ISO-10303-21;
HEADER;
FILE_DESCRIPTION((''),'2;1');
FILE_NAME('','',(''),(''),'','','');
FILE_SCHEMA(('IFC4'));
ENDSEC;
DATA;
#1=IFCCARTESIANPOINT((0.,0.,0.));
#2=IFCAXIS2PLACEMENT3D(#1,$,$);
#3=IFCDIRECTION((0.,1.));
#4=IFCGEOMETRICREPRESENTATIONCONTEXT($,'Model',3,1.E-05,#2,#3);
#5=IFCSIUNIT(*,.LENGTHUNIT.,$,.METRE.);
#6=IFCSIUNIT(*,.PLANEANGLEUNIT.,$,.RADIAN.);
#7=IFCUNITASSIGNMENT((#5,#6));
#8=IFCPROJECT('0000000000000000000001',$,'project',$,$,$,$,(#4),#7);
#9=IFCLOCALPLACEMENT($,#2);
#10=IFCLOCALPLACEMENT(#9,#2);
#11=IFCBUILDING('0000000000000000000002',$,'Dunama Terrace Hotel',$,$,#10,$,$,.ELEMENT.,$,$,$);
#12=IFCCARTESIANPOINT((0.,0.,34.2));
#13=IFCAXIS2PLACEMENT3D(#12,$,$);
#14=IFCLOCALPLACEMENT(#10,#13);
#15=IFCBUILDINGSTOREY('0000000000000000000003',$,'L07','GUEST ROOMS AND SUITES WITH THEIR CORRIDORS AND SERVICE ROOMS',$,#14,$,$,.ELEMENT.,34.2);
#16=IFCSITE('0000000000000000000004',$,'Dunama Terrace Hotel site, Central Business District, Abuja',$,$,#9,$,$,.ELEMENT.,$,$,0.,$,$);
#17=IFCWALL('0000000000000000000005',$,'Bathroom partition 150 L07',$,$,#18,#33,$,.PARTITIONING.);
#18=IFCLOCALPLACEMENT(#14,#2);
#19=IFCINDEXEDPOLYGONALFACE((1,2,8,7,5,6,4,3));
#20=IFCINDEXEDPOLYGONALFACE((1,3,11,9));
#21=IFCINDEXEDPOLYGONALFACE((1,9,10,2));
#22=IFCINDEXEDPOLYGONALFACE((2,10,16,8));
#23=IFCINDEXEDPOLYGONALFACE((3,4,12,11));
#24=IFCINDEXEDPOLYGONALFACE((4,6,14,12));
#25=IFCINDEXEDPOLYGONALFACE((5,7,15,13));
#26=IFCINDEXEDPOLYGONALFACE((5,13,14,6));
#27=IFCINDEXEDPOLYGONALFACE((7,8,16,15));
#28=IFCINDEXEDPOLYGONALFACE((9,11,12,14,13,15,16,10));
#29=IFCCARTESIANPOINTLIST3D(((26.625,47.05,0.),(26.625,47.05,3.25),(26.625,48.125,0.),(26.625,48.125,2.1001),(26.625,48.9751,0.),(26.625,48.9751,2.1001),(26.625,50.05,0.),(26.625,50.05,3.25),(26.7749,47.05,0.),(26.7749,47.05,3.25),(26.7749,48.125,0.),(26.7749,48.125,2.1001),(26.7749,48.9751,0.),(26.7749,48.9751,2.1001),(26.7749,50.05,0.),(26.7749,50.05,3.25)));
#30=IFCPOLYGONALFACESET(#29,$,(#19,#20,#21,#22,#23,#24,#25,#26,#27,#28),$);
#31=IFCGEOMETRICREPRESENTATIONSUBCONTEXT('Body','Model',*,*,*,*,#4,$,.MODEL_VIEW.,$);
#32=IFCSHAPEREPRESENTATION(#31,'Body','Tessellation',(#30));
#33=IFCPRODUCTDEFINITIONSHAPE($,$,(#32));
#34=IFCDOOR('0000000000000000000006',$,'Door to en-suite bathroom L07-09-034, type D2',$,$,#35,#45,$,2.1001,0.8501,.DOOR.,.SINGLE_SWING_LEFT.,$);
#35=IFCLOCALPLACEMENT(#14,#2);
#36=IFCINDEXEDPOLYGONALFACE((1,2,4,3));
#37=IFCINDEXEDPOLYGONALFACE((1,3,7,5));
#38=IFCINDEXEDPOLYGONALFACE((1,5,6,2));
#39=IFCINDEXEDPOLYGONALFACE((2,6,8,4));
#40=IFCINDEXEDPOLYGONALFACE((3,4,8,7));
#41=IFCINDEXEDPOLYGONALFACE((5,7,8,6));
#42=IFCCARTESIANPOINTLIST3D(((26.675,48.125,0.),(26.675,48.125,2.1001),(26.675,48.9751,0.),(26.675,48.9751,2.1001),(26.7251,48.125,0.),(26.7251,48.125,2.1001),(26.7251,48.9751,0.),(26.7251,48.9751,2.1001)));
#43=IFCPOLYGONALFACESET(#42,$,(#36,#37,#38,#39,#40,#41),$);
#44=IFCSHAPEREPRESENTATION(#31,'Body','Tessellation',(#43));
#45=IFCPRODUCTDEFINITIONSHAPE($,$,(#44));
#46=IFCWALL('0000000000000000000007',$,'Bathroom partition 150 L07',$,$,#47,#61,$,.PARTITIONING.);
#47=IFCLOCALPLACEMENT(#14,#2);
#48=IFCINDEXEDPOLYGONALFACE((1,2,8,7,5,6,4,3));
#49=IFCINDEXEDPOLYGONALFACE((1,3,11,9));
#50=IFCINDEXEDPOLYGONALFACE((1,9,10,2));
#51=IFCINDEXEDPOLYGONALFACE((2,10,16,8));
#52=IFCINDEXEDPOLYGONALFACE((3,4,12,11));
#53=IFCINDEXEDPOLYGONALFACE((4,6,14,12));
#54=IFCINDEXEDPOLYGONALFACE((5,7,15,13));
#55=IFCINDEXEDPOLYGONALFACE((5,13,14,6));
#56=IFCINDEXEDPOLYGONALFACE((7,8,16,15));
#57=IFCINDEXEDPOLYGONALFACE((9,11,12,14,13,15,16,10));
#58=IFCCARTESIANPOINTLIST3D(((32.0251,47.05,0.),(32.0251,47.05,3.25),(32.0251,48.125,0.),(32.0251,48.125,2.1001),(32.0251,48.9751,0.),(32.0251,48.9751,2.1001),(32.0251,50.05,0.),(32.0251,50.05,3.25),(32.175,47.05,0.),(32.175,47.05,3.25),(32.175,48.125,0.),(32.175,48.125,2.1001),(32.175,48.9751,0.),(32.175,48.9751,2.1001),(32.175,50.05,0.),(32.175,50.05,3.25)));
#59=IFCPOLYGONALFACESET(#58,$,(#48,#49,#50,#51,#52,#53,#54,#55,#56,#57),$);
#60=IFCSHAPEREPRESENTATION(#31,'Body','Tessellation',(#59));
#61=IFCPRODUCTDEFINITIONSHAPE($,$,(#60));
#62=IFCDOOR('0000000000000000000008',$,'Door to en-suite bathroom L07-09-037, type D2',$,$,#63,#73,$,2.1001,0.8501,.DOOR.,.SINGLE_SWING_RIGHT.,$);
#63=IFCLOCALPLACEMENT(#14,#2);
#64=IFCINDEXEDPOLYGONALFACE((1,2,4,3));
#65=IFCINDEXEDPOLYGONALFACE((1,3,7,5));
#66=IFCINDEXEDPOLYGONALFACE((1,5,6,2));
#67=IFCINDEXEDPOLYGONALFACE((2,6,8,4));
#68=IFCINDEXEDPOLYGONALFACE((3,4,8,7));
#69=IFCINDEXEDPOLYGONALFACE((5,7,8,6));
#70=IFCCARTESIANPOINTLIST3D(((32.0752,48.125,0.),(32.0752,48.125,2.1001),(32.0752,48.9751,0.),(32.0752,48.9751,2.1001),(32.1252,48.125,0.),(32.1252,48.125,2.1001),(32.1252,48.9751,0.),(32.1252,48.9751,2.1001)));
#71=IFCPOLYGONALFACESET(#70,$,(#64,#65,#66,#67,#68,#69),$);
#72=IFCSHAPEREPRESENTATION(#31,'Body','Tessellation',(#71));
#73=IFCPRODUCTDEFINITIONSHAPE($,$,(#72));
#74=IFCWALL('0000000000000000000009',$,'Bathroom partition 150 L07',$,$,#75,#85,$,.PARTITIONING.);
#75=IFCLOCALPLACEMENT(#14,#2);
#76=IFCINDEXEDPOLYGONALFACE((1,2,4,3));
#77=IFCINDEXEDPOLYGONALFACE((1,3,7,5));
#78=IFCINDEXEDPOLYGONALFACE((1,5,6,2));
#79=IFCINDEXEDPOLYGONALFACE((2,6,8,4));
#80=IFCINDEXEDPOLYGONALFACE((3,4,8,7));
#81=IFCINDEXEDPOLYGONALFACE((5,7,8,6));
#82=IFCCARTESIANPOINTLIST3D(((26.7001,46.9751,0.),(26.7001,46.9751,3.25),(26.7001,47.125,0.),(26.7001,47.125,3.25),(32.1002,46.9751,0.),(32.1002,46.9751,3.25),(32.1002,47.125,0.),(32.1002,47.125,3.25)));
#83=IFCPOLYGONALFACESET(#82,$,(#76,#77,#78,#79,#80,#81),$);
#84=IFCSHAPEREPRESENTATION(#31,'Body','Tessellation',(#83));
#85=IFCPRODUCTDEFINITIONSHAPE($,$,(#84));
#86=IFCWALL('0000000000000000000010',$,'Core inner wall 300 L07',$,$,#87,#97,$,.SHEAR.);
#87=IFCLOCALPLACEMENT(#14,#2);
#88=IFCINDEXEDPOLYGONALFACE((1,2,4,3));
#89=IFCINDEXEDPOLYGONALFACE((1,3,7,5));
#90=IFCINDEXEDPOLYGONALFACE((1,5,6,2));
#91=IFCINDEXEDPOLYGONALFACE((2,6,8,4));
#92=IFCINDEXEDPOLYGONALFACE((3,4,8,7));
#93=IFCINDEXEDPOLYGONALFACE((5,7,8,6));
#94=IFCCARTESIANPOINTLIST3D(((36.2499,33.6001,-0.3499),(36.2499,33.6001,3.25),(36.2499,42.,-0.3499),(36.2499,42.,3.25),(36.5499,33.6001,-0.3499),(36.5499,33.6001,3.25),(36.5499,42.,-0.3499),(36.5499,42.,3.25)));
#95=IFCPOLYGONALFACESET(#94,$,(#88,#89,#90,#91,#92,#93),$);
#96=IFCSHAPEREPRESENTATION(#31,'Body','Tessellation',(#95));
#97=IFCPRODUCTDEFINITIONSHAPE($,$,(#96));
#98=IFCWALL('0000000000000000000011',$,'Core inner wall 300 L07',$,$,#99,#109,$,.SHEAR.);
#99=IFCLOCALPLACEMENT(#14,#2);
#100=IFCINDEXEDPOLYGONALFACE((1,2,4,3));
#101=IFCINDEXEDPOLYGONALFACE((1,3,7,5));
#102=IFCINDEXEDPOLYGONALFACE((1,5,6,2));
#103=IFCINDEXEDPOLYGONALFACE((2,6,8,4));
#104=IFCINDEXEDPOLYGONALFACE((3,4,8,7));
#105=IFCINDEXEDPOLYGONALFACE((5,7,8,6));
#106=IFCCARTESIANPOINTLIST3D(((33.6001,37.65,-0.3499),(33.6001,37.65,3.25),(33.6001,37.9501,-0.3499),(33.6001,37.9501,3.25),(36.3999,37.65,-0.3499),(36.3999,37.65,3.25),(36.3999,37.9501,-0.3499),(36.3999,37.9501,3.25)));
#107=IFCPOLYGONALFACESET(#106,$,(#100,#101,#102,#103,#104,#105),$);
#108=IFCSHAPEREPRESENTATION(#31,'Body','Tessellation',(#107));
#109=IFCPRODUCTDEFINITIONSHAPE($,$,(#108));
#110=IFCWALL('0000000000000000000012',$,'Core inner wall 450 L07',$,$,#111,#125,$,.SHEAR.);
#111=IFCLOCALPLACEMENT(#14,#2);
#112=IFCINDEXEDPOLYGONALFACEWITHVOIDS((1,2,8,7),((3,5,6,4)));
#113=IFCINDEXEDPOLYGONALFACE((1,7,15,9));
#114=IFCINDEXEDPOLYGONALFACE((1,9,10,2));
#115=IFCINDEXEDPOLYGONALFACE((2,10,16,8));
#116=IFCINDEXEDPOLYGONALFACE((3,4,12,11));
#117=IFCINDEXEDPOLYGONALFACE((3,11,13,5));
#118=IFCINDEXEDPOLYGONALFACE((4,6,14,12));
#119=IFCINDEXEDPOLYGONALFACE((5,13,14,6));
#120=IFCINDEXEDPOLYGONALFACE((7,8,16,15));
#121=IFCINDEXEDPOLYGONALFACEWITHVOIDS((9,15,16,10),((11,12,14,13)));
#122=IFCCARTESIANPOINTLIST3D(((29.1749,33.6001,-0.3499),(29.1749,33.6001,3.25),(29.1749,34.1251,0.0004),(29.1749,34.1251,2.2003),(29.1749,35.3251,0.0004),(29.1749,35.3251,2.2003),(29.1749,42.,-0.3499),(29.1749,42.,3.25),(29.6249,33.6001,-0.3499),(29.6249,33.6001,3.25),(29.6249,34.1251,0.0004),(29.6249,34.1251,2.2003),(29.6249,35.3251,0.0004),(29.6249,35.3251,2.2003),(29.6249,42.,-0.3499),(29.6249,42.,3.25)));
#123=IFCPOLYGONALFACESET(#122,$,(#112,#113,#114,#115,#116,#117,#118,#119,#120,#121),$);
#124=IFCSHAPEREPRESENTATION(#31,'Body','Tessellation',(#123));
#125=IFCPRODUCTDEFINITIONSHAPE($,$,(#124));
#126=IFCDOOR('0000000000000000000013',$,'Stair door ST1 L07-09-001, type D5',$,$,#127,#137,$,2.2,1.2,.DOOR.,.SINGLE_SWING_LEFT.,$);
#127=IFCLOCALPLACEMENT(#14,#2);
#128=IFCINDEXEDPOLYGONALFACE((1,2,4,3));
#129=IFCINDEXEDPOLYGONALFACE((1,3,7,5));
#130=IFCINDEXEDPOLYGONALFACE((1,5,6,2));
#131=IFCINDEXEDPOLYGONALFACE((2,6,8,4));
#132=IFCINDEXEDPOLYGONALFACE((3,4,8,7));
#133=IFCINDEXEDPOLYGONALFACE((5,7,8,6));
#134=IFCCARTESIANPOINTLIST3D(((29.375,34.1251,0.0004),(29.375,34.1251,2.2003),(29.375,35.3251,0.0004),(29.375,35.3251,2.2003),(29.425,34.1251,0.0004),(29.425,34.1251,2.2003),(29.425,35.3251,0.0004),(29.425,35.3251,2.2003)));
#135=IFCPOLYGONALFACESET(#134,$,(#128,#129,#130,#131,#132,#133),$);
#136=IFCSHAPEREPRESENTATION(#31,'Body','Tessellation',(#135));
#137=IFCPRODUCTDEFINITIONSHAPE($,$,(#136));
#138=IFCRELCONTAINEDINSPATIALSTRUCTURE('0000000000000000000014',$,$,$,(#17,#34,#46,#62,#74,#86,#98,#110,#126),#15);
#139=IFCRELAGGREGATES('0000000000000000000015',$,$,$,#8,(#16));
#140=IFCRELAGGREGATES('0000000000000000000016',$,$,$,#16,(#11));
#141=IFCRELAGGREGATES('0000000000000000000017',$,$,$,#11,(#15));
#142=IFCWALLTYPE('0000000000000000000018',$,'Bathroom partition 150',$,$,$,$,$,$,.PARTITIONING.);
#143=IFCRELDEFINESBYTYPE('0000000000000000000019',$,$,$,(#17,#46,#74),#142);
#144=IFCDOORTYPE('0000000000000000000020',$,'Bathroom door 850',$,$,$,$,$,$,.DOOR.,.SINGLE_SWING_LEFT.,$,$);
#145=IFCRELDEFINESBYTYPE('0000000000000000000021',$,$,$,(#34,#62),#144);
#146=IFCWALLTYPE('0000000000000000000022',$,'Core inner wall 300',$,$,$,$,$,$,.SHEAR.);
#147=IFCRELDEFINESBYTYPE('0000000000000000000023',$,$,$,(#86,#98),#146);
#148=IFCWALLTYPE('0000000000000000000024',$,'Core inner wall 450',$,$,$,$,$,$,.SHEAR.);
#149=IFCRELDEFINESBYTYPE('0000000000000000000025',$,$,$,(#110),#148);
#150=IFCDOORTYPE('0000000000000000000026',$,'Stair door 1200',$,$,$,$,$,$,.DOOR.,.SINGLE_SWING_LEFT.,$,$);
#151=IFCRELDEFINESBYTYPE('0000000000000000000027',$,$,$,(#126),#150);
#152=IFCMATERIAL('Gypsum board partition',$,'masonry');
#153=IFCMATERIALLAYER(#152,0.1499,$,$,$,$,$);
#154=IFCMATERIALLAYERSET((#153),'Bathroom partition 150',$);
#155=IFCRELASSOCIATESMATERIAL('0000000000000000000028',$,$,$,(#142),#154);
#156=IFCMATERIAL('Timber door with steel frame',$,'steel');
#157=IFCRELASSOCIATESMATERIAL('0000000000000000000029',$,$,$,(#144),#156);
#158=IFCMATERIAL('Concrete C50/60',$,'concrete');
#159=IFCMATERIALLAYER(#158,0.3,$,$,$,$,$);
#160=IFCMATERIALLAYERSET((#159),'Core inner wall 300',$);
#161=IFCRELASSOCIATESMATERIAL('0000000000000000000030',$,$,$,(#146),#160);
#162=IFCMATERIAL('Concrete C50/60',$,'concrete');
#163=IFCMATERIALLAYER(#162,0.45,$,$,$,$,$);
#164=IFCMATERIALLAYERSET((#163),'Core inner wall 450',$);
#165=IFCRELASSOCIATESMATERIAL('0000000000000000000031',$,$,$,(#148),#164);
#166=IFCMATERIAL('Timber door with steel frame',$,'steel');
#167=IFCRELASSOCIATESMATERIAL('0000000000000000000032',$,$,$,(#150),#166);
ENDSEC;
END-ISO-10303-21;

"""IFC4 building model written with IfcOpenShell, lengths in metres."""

from ifc_helpers import new_model, si_unit, direction, frame, frame_2d, origin, place, context, subcontext, project, spatial, rectangle, extrude, material, layer, layer_set, type_object, element, fill, save


model = new_model("IFC4")

# Units and contexts
model_context = context("Model", 3, precision=1e-05, world=origin(), true_north=direction((0.0, 1.0)))
body_context = subcontext(model_context, "Body", "Model", "MODEL_VIEW")
ifc_project = project(units=[si_unit("LENGTHUNIT", "METRE"), si_unit("PLANEANGLEUNIT", "RADIAN")], contexts=[model_context])

# Site, building, storey
site_placement = place(None, origin())
site = spatial("IfcSite", under=ifc_project, at=site_placement, Name="Dunama Terrace Hotel site, Central Business District, Abuja", CompositionType="ELEMENT", RefElevation=0.0)
building_placement = place(site_placement, origin())
building = spatial("IfcBuilding", under=site, at=building_placement, Name="Dunama Terrace Hotel", CompositionType="ELEMENT")
storey_placement = place(building_placement, frame((0.0, 0.0, 34.2)))
storey = spatial("IfcBuildingStorey", under=building, at=storey_placement, Name="L07", Description="GUEST ROOMS AND SUITES WITH THEIR CORRIDORS AND SERVICE ROOMS", CompositionType="ELEMENT", Elevation=34.2)

# Walls, openings, doors
ifc_material_1 = material(Name="Gypsum board partition", Category="masonry")
ifc_layer_1 = layer(ifc_material_1, 0.1499)
ifc_layer_set_1 = layer_set([ifc_layer_1], Name="Bathroom partition 150")
wall_type_1 = type_object("IfcWallType", Name="Bathroom partition 150", PredefinedType="PARTITIONING", material=ifc_layer_set_1)
wall_1_placement = place(storey_placement, frame((26.7, 47.05, 0.0), z_axis=(0.0, 0.0, 1.0), x_axis=(0.0, 1.0, 0.0)))
wall_1 = element("IfcWall", 1, at=wall_1_placement, inside=storey, type_object=wall_type_1, Name="Bathroom partition 150 L07", PredefinedType="PARTITIONING", context=body_context, shape_type="SweptSolid", body=[
    extrude(rectangle(XDim=3.0, YDim=0.1499, at=frame_2d((1.5, 0.0))), origin(), (0.0, 0.0, 1.0), 3.25),
])
opening_1_placement = place(wall_1_placement, frame((1.075, 0.0, 0.0)))
opening_1 = element("IfcOpeningElement", 2, at=opening_1_placement, cuts=wall_1, PredefinedType="OPENING", context=body_context, shape_type="SweptSolid", body=[
    extrude(rectangle(XDim=0.8501, YDim=2.1001, at=frame_2d((0.425, 1.05))), frame((0.0, 0.085, 0.0), z_axis=(0.0, -1.0, 0.0), x_axis=(1.0, 0.0, 0.0)), (0.0, 0.0, 1.0), 0.1699),
])
ifc_material_2 = material(Name="Timber door with steel frame", Category="steel")
door_type_1 = type_object("IfcDoorType", Name="Bathroom door 850", OperationType="SINGLE_SWING_LEFT", PredefinedType="DOOR", material=ifc_material_2)
door_1_placement = place(opening_1_placement, frame((0.8501, 0.0, 0.0), z_axis=(0.0, 0.0, 1.0), x_axis=(-1.0, 0.0, 0.0)))
door_1 = element("IfcDoor", 3, at=door_1_placement, inside=storey, type_object=door_type_1, Name="Door to en-suite bathroom L07-09-034, type D2", OperationType="SINGLE_SWING_LEFT", OverallHeight=2.1001, OverallWidth=0.8501, PredefinedType="DOOR", context=body_context, shape_type="SweptSolid", body=[
    extrude(rectangle(XDim=0.8501, YDim=2.1001, at=frame_2d((0.425, 1.05))), frame((0.0, 0.0251, 0.0), z_axis=(0.0, -1.0, 0.0), x_axis=(1.0, 0.0, 0.0)), (0.0, 0.0, 1.0), 0.05),
])
fill(opening_1, door_1)
wall_2_placement = place(storey_placement, frame((32.1001, 47.05, 0.0), z_axis=(0.0, 0.0, 1.0), x_axis=(0.0, 1.0, 0.0)))
wall_2 = element("IfcWall", 4, at=wall_2_placement, inside=storey, type_object=wall_type_1, Name="Bathroom partition 150 L07", PredefinedType="PARTITIONING", context=body_context, shape_type="SweptSolid", body=[
    extrude(rectangle(XDim=3.0, YDim=0.1499, at=frame_2d((1.5, 0.0))), origin(), (0.0, 0.0, 1.0), 3.25),
])
opening_2_placement = place(wall_2_placement, frame((1.075, 0.0, 0.0)))
opening_2 = element("IfcOpeningElement", 5, at=opening_2_placement, cuts=wall_2, PredefinedType="OPENING", context=body_context, shape_type="SweptSolid", body=[
    extrude(rectangle(XDim=0.8501, YDim=2.1001, at=frame_2d((0.425, 1.05))), frame((0.0, 0.085, 0.0), z_axis=(0.0, -1.0, 0.0), x_axis=(1.0, 0.0, 0.0)), (0.0, 0.0, 1.0), 0.1699),
])
door_2_placement = place(opening_2_placement, origin())
door_2 = element("IfcDoor", 6, at=door_2_placement, inside=storey, type_object=door_type_1, Name="Door to en-suite bathroom L07-09-037, type D2", OperationType="SINGLE_SWING_RIGHT", OverallHeight=2.1001, OverallWidth=0.8501, PredefinedType="DOOR", context=body_context, shape_type="SweptSolid", body=[
    extrude(rectangle(XDim=0.8501, YDim=2.1001, at=frame_2d((0.425, 1.05))), frame((0.0, 0.0249, 0.0), z_axis=(0.0, -1.0, 0.0), x_axis=(1.0, 0.0, 0.0)), (0.0, 0.0, 1.0), 0.05),
])
fill(opening_2, door_2)

# Walls
wall_3_placement = place(storey_placement, frame((26.7, 47.05, 0.0), z_axis=(0.0, 0.0, 1.0), x_axis=(1.0, 0.0, 0.0)))
element("IfcWall", 7, at=wall_3_placement, inside=storey, type_object=wall_type_1, Name="Bathroom partition 150 L07", PredefinedType="PARTITIONING", context=body_context, shape_type="SweptSolid", body=[
    extrude(rectangle(XDim=5.4001, YDim=0.1499, at=frame_2d((2.7002, 0.0))), origin(), (0.0, 0.0, 1.0), 3.25),
])
ifc_material_3 = material(Name="Concrete C50/60", Category="concrete")
ifc_layer_2 = layer(ifc_material_3, 0.3)
ifc_layer_set_2 = layer_set([ifc_layer_2], Name="Core inner wall 300")
wall_type_2 = type_object("IfcWallType", Name="Core inner wall 300", PredefinedType="SHEAR", material=ifc_layer_set_2)
wall_4_placement = place(storey_placement, frame((36.3999, 33.6001, -0.3499), z_axis=(0.0, 0.0, 1.0), x_axis=(0.0, 1.0, 0.0)))
element("IfcWall", 8, at=wall_4_placement, inside=storey, type_object=wall_type_2, Name="Core inner wall 300 L07", PredefinedType="SHEAR", context=body_context, shape_type="SweptSolid", body=[
    extrude(rectangle(XDim=8.3999, YDim=0.3, at=frame_2d((4.2, 0.0))), origin(), (0.0, 0.0, 1.0), 3.5999),
])
wall_5_placement = place(storey_placement, frame((33.6001, 37.8, -0.3499), z_axis=(0.0, 0.0, 1.0), x_axis=(1.0, 0.0, 0.0)))
element("IfcWall", 9, at=wall_5_placement, inside=storey, type_object=wall_type_2, Name="Core inner wall 300 L07", PredefinedType="SHEAR", context=body_context, shape_type="SweptSolid", body=[
    extrude(rectangle(XDim=2.7998, YDim=0.3, at=frame_2d((1.3999, 0.0))), origin(), (0.0, 0.0, 1.0), 3.5999),
])

# Wall, opening, door
ifc_material_4 = material(Name="Concrete C50/60", Category="concrete")
ifc_layer_3 = layer(ifc_material_4, 0.45)
ifc_layer_set_3 = layer_set([ifc_layer_3], Name="Core inner wall 450")
wall_type_3 = type_object("IfcWallType", Name="Core inner wall 450", PredefinedType="SHEAR", material=ifc_layer_set_3)
wall_6_placement = place(storey_placement, frame((29.3999, 33.6001, -0.3499), z_axis=(0.0, 0.0, 1.0), x_axis=(0.0, 1.0, 0.0)))
wall_6 = element("IfcWall", 10, at=wall_6_placement, inside=storey, type_object=wall_type_3, Name="Core inner wall 450 L07", PredefinedType="SHEAR", context=body_context, shape_type="SweptSolid", body=[
    extrude(rectangle(XDim=8.3999, YDim=0.45, at=frame_2d((4.2, 0.0))), origin(), (0.0, 0.0, 1.0), 3.5999),
])
opening_3_placement = place(wall_6_placement, frame((0.5249, 0.0, 0.3501)))
opening_3 = element("IfcOpeningElement", 11, at=opening_3_placement, cuts=wall_6, PredefinedType="OPENING", context=body_context, shape_type="SweptSolid", body=[
    extrude(rectangle(XDim=1.2, YDim=2.2, at=frame_2d((0.6001, 1.1001))), frame((0.0, 0.2349, 0.0), z_axis=(0.0, -1.0, 0.0), x_axis=(1.0, 0.0, 0.0)), (0.0, 0.0, 1.0), 0.47),
])
ifc_material_5 = material(Name="Timber door with steel frame", Category="steel")
door_type_2 = type_object("IfcDoorType", Name="Stair door 1200", OperationType="SINGLE_SWING_LEFT", PredefinedType="DOOR", material=ifc_material_5)
door_3_placement = place(opening_3_placement, origin())
door_3 = element("IfcDoor", 12, at=door_3_placement, inside=storey, type_object=door_type_2, Name="Stair door ST1 L07-09-001, type D5", OperationType="SINGLE_SWING_LEFT", OverallHeight=2.2, OverallWidth=1.2, PredefinedType="DOOR", context=body_context, shape_type="SweptSolid", body=[
    extrude(rectangle(XDim=1.2, YDim=2.2, at=frame_2d((0.6001, 1.1001))), frame((0.0, 0.0249, 0.0), z_axis=(0.0, -1.0, 0.0), x_axis=(1.0, 0.0, 0.0)), (0.0, 0.0, 1.0), 0.05),
])
fill(opening_3, door_3)

save(model, "model.ifc")
